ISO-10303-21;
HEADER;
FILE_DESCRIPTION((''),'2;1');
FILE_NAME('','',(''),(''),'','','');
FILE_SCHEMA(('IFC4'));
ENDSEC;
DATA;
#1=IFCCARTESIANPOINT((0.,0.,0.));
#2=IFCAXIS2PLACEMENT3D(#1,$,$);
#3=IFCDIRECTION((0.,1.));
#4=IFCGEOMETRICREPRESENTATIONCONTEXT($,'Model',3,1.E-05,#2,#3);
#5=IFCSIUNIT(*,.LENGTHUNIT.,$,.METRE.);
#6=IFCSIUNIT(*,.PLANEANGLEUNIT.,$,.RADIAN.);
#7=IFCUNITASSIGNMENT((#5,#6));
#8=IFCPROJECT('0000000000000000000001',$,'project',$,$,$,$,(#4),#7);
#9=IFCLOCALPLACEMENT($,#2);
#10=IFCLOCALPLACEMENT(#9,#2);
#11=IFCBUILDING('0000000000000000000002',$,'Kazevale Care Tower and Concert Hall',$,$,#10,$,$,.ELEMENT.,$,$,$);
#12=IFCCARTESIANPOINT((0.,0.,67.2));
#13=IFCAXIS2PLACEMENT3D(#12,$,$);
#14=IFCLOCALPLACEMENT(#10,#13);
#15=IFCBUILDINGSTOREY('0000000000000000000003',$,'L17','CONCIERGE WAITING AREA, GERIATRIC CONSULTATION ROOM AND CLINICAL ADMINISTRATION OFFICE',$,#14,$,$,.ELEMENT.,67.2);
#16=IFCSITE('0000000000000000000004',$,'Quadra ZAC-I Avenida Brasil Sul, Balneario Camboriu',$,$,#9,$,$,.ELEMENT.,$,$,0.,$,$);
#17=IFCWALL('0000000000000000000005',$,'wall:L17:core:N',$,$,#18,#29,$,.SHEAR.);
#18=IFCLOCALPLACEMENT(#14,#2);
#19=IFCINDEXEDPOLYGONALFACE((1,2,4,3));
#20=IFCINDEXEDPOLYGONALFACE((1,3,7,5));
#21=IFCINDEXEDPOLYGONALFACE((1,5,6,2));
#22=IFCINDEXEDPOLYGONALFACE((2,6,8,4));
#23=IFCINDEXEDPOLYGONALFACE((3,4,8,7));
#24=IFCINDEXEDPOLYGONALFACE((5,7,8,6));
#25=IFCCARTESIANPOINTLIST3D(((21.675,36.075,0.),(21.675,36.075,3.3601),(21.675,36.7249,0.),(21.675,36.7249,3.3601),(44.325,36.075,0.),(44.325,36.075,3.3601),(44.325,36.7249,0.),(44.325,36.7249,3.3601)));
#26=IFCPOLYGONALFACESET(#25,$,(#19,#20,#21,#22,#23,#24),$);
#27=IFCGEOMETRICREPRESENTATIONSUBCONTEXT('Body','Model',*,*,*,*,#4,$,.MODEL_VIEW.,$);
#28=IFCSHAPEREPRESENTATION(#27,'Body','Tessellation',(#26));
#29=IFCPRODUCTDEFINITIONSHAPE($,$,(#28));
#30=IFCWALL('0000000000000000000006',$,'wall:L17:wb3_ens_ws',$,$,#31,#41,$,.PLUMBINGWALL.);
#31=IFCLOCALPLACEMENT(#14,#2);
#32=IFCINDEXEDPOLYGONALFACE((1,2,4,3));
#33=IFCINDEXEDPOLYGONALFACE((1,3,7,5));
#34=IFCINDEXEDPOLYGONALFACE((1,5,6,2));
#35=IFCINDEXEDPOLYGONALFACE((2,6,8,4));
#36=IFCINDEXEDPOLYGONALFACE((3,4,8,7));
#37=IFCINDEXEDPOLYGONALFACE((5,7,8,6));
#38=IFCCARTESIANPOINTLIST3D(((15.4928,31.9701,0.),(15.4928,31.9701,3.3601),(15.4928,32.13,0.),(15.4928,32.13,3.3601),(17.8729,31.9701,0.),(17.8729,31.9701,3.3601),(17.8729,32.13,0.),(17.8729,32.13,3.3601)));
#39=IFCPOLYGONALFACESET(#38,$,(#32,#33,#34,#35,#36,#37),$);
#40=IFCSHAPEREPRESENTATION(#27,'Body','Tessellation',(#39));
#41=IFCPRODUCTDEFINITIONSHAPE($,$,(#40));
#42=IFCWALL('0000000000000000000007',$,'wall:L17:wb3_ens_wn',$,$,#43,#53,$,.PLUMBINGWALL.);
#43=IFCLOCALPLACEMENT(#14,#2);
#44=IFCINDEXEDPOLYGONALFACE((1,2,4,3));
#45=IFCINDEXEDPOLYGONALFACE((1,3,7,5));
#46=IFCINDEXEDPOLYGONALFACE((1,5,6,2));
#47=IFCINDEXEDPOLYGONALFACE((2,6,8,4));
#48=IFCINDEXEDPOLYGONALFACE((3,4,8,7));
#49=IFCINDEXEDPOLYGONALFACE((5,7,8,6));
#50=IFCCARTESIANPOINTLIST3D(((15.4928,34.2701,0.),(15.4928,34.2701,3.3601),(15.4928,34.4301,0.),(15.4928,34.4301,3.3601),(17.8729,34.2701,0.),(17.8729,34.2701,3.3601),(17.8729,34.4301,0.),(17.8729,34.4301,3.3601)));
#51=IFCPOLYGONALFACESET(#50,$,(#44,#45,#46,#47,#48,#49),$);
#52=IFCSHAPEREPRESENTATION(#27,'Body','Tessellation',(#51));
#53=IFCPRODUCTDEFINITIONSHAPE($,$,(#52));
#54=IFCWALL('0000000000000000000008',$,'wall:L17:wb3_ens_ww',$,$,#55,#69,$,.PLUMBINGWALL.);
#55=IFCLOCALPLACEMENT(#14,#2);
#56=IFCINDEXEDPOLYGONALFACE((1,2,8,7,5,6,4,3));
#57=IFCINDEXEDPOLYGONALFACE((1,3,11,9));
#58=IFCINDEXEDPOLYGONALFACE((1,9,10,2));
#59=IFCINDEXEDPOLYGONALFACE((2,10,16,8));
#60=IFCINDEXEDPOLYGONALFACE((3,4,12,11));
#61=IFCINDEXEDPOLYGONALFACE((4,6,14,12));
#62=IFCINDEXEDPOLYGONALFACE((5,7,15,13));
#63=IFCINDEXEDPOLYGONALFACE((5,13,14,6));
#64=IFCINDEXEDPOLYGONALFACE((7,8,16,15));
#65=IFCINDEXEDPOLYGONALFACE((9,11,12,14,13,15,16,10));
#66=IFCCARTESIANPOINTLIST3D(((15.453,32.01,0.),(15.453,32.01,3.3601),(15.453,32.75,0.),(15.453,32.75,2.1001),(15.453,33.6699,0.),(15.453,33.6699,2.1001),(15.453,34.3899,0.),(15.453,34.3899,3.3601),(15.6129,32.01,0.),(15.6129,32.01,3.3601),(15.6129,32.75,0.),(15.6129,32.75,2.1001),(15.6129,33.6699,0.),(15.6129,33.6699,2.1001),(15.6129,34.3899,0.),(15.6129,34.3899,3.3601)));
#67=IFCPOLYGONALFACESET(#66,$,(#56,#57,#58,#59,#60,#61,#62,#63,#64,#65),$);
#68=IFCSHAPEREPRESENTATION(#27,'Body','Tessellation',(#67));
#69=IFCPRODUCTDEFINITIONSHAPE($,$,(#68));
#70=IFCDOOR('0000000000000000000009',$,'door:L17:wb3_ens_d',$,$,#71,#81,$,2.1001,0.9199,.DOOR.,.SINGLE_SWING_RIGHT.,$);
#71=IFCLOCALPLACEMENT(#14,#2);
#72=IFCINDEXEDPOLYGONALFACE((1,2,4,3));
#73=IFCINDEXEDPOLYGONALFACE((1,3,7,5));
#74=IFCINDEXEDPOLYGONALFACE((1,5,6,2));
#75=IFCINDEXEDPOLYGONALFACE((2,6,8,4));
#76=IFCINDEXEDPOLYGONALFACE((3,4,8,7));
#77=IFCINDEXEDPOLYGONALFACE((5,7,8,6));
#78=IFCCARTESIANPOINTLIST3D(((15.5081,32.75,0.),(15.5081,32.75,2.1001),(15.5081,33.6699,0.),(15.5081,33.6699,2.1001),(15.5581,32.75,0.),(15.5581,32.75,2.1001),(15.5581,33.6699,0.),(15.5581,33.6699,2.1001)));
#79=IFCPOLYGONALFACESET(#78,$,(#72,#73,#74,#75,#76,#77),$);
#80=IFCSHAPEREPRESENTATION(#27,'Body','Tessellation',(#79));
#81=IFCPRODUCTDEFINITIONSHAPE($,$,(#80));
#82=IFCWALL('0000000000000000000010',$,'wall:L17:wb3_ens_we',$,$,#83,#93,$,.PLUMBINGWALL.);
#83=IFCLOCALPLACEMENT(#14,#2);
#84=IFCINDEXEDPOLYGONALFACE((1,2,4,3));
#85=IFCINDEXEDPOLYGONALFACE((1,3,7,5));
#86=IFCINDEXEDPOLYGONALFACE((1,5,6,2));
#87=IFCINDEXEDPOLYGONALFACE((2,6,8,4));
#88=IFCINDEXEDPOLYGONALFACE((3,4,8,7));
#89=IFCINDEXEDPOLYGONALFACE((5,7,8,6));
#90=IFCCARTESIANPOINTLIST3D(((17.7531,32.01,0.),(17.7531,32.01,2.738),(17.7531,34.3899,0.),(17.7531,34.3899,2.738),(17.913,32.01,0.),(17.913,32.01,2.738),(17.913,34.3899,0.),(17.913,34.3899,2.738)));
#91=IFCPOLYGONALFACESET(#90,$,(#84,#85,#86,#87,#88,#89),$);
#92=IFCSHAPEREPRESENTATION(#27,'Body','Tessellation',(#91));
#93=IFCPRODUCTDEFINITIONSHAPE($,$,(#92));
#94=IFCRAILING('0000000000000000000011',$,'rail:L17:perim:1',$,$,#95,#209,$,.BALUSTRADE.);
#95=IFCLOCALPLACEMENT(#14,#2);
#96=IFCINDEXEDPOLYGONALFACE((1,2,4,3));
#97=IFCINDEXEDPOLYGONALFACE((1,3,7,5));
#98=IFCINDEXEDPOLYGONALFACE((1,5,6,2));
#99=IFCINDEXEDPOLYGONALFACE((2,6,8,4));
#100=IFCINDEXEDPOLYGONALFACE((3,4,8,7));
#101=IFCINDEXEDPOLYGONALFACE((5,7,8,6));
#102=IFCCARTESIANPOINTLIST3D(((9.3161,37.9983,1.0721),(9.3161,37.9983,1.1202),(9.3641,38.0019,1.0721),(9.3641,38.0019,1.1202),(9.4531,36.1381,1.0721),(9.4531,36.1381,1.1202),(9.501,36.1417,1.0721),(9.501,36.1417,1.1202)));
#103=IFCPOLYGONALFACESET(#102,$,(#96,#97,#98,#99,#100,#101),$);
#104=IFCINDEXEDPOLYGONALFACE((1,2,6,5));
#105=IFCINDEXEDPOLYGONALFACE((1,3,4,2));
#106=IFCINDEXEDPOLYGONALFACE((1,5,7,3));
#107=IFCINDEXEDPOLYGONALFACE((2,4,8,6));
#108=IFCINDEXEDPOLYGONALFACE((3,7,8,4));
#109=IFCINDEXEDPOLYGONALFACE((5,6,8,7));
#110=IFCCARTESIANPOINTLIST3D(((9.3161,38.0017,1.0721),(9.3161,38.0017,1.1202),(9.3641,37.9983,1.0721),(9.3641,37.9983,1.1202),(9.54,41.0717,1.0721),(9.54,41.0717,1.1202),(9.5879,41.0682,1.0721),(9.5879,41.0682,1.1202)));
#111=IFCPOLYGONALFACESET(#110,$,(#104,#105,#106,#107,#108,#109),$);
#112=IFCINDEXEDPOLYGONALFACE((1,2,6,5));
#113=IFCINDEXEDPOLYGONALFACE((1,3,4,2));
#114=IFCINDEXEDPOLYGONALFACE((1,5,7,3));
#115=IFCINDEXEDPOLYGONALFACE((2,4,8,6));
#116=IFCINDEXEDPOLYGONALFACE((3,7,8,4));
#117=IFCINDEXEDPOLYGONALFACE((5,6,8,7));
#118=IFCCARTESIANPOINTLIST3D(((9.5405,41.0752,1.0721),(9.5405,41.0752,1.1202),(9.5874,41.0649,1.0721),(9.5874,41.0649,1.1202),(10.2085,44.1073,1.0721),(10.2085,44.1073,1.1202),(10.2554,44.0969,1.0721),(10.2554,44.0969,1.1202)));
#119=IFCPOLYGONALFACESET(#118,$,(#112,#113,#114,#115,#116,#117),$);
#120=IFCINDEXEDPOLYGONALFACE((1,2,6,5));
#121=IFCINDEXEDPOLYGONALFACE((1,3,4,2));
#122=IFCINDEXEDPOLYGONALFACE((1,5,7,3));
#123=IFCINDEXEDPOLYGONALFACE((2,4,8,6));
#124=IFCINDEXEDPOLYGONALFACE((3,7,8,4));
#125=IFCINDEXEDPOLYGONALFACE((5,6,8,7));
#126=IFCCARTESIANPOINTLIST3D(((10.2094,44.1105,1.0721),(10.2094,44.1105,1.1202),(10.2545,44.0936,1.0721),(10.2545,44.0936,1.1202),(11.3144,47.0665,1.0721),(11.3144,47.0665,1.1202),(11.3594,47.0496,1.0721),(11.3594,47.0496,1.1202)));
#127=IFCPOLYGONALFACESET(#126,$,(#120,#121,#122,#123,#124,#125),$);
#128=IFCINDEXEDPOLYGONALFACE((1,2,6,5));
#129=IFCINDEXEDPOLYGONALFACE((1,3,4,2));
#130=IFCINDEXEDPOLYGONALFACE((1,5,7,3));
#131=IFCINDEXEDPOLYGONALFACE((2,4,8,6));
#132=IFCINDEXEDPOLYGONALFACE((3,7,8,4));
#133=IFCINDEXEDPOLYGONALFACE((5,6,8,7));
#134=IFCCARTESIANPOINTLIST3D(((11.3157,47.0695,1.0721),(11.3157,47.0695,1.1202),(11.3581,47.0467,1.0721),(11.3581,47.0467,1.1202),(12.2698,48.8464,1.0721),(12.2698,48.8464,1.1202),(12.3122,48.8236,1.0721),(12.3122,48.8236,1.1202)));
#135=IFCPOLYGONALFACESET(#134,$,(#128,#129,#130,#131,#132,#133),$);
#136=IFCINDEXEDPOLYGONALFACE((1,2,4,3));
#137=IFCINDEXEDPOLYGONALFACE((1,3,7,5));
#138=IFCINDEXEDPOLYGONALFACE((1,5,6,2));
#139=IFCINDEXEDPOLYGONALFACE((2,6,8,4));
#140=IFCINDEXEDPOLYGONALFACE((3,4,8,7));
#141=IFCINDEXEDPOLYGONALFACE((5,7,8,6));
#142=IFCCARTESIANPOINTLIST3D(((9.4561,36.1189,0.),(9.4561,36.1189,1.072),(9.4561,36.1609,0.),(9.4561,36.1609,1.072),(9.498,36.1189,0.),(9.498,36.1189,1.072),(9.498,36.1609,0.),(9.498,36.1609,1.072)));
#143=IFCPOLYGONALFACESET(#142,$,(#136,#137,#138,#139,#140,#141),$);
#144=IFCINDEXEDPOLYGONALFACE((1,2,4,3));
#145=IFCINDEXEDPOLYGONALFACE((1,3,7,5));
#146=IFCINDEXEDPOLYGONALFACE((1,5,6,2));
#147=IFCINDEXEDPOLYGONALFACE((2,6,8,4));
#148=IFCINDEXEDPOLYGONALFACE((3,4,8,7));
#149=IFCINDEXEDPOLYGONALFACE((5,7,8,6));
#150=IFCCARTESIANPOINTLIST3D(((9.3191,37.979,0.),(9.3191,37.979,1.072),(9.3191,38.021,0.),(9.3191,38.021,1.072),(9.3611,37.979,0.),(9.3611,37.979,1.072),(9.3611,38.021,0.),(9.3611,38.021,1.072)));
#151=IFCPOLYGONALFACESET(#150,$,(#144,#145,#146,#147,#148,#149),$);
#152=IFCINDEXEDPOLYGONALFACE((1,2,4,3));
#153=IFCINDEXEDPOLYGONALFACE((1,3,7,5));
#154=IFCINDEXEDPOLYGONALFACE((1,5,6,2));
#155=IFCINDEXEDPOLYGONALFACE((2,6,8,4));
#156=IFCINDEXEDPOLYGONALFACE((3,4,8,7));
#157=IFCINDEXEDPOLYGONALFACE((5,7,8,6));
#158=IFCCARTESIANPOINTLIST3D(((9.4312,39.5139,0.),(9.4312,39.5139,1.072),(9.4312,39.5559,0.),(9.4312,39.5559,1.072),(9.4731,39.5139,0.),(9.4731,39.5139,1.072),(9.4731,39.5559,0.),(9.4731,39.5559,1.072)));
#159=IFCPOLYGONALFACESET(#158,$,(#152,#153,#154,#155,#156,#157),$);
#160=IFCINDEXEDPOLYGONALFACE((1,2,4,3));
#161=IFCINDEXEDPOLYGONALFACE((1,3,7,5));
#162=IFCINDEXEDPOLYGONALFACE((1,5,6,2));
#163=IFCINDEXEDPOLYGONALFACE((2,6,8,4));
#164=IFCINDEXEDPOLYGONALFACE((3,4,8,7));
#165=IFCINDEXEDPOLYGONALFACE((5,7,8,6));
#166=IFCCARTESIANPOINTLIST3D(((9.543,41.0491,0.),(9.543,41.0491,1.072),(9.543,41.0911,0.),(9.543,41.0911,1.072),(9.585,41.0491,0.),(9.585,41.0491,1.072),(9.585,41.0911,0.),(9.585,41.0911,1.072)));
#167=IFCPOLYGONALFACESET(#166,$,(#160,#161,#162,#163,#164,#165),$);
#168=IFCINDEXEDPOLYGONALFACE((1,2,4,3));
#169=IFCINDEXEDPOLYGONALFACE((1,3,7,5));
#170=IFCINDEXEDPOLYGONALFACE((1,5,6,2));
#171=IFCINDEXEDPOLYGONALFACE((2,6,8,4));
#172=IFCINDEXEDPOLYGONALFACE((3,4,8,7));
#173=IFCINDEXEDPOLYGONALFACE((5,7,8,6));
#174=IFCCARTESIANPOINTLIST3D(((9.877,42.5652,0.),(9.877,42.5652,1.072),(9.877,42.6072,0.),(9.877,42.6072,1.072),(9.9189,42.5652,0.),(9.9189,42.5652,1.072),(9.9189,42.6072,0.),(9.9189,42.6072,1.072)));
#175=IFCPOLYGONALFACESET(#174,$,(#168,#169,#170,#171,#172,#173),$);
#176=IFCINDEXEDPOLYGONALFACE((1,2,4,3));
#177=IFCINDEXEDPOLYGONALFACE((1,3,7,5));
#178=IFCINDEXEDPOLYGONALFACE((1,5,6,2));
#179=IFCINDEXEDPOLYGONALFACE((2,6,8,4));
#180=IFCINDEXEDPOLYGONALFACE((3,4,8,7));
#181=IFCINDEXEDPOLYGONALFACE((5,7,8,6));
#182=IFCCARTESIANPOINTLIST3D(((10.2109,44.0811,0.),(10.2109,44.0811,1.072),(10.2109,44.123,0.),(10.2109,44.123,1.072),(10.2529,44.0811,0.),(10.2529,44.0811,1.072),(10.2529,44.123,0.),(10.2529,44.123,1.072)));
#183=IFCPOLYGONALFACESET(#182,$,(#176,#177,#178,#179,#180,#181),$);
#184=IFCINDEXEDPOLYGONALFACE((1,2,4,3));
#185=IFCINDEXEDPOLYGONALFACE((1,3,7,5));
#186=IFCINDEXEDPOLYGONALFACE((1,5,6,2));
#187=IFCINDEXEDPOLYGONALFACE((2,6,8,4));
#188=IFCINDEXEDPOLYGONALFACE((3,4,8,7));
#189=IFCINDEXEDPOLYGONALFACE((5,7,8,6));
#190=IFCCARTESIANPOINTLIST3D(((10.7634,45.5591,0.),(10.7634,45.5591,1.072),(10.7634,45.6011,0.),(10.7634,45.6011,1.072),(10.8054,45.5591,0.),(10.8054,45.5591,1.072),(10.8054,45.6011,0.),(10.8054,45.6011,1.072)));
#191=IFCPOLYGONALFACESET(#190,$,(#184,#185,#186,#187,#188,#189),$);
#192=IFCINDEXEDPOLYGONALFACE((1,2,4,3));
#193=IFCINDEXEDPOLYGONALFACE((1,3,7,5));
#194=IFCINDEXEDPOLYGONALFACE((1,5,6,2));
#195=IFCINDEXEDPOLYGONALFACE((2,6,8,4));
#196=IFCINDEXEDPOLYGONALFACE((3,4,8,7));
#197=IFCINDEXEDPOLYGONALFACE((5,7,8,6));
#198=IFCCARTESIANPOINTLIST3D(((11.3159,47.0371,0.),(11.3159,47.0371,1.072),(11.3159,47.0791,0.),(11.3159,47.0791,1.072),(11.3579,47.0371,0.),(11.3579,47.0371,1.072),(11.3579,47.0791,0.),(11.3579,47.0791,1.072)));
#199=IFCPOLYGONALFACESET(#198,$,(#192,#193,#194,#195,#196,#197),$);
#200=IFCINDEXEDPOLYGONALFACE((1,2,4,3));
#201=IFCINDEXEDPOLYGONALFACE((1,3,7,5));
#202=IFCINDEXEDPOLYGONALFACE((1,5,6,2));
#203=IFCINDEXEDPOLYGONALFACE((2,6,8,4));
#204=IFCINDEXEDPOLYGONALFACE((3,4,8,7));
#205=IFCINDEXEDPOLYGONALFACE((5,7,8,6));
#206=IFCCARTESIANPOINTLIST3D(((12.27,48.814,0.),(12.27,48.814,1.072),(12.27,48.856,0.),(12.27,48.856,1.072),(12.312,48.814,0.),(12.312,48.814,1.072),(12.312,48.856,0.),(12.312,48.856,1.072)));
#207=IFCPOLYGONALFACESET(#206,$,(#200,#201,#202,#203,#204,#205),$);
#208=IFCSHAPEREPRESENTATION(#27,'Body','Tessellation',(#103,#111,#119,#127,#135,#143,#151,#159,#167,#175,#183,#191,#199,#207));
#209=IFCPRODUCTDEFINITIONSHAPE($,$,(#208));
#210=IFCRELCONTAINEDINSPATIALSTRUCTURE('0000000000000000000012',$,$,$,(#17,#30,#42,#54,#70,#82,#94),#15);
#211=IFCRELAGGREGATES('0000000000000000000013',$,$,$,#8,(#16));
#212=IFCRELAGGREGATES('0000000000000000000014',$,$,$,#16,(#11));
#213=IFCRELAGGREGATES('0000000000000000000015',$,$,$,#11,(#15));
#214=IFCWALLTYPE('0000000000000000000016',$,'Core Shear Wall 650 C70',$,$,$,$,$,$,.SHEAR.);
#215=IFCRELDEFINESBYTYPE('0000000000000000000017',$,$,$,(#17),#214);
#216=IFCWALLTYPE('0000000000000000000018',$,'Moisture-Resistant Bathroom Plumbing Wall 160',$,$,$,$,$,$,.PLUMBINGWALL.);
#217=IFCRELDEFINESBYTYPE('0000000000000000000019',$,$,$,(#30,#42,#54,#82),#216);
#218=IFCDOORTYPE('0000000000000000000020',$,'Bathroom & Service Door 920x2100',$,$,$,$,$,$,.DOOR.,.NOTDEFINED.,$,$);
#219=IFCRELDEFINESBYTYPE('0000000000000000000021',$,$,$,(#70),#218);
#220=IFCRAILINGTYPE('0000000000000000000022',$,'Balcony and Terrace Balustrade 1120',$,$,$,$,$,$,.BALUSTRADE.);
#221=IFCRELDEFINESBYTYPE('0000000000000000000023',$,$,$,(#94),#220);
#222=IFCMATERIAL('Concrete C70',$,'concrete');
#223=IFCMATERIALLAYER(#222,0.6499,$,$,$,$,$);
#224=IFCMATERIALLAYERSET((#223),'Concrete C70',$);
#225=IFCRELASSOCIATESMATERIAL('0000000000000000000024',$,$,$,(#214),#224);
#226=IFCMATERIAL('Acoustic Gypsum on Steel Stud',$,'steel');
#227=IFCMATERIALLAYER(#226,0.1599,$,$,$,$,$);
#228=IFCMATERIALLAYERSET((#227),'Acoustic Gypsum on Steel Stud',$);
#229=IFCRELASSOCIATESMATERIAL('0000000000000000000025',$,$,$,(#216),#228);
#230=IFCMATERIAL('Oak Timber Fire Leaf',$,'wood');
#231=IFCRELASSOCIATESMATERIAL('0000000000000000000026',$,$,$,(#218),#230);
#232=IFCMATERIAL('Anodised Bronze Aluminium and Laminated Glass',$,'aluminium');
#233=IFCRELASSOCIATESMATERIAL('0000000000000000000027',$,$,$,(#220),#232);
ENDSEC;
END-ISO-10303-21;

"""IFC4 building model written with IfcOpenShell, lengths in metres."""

from ifc_helpers import new_model, si_unit, direction, frame, frame_2d, origin, origin_2d, place, context, subcontext, project, spatial, rectangle, extrude, material, layer, layer_set, type_object, element, fill, save


model = new_model("IFC4")

# Units and contexts
model_context = context("Model", 3, precision=1e-05, world=origin(), true_north=direction((0.0, 1.0)))
body_context = subcontext(model_context, "Body", "Model", "MODEL_VIEW")
ifc_project = project(units=[si_unit("LENGTHUNIT", "METRE"), si_unit("PLANEANGLEUNIT", "RADIAN")], contexts=[model_context])

# Site, building, storey
site_placement = place(None, origin())
site = spatial("IfcSite", under=ifc_project, at=site_placement, Name="Quadra ZAC-I Avenida Brasil Sul, Balneario Camboriu", CompositionType="ELEMENT", RefElevation=0.0)
building_placement = place(site_placement, origin())
building = spatial("IfcBuilding", under=site, at=building_placement, Name="Kazevale Care Tower and Concert Hall", CompositionType="ELEMENT")
storey_placement = place(building_placement, frame((0.0, 0.0, 67.2)))
storey = spatial("IfcBuildingStorey", under=building, at=storey_placement, Name="L17", Description="CONCIERGE WAITING AREA, GERIATRIC CONSULTATION ROOM AND CLINICAL ADMINISTRATION OFFICE", CompositionType="ELEMENT", Elevation=67.2)

# Shared definitions
ifc_material_1 = material(Name="Concrete C70", Category="concrete")

# Walls
ifc_layer_1 = layer(ifc_material_1, 0.6499)
ifc_layer_set_1 = layer_set([ifc_layer_1], Name="Concrete C70")
wall_type_1 = type_object("IfcWallType", Name="Core Shear Wall 650 C70", PredefinedType="SHEAR", material=ifc_layer_set_1)
wall_1_placement = place(storey_placement, frame((21.675, 36.3999, 0.0), z_axis=(0.0, 0.0, 1.0), x_axis=(1.0, 0.0, 0.0)))
element("IfcWall", 1, at=wall_1_placement, inside=storey, type_object=wall_type_1, Name="wall:L17:core:N", PredefinedType="SHEAR", context=body_context, shape_type="SweptSolid", body=[
    extrude(rectangle(XDim=22.6499, YDim=0.6499, at=frame_2d((11.325, 0.0))), origin(), (0.0, 0.0, 1.0), 3.3601),
])
ifc_material_2 = material(Name="Acoustic Gypsum on Steel Stud", Category="steel")
ifc_layer_2 = layer(ifc_material_2, 0.1599)
ifc_layer_set_2 = layer_set([ifc_layer_2], Name="Acoustic Gypsum on Steel Stud")
wall_type_2 = type_object("IfcWallType", Name="Moisture-Resistant Bathroom Plumbing Wall 160", PredefinedType="PLUMBINGWALL", material=ifc_layer_set_2)
for number, where, z_axis, x_axis, name in (
    (2, (15.4929, 32.05, 0.0), (0.0, 0.0, 1.0), (1.0, 0.0, 0.0), "wall:L17:wb3_ens_ws"),
    (3, (15.4929, 34.3501, 0.0), (0.0, 0.0, 1.0), (1.0, 0.0, 0.0), "wall:L17:wb3_ens_wn"),
):
    element("IfcWall", number, at=place(storey_placement, frame(where, z_axis=z_axis, x_axis=x_axis)), inside=storey, type_object=wall_type_2, Name=name, PredefinedType="PLUMBINGWALL", context=body_context, shape_type="SweptSolid", body=[
        extrude(rectangle(XDim=2.3801, YDim=0.1599, at=frame_2d((1.1899, 0.0))), origin(), (0.0, 0.0, 1.0), 3.3601),
    ])

# Wall, opening, door
wall_2_placement = place(storey_placement, frame((15.533, 32.01, 0.0), z_axis=(0.0, 0.0, 1.0), x_axis=(0.0, 1.0, 0.0)))
wall_2 = element("IfcWall", 4, at=wall_2_placement, inside=storey, type_object=wall_type_2, Name="wall:L17:wb3_ens_ww", PredefinedType="PLUMBINGWALL", context=body_context, shape_type="SweptSolid", body=[
    extrude(rectangle(XDim=2.3799, YDim=0.1599, at=frame_2d((1.1899, 0.0))), origin(), (0.0, 0.0, 1.0), 3.3601),
])
opening_placement = place(wall_2_placement, frame((0.74, 0.0, 0.0)))
opening = element("IfcOpeningElement", 5, at=opening_placement, cuts=wall_2, PredefinedType="OPENING", context=body_context, shape_type="SweptSolid", body=[
    extrude(rectangle(XDim=0.9199, YDim=2.1001, at=frame_2d((0.46, 1.05))), frame((0.0, 0.0898, 0.0), z_axis=(0.0, -1.0, 0.0), x_axis=(1.0, 0.0, 0.0)), (0.0, 0.0, 1.0), 0.1799),
])
ifc_material_3 = material(Name="Oak Timber Fire Leaf", Category="wood")
door_type = type_object("IfcDoorType", Name="Bathroom & Service Door 920x2100", OperationType="NOTDEFINED", PredefinedType="DOOR", material=ifc_material_3)
door_placement = place(opening_placement, origin())
door = element("IfcDoor", 6, at=door_placement, inside=storey, type_object=door_type, Name="door:L17:wb3_ens_d", OperationType="SINGLE_SWING_RIGHT", OverallHeight=2.1001, OverallWidth=0.9199, PredefinedType="DOOR", context=body_context, shape_type="SweptSolid", body=[
    extrude(rectangle(XDim=0.9199, YDim=2.1001, at=frame_2d((0.46, 1.05))), frame((0.0, 0.0249, 0.0), z_axis=(0.0, -1.0, 0.0), x_axis=(1.0, 0.0, 0.0)), (0.0, 0.0, 1.0), 0.05),
])
fill(opening, door)

# Wall
wall_3_placement = place(storey_placement, frame((17.833, 32.01, 0.0), z_axis=(0.0, 0.0, 1.0), x_axis=(0.0, 1.0, 0.0)))
element("IfcWall", 7, at=wall_3_placement, inside=storey, type_object=wall_type_2, Name="wall:L17:wb3_ens_we", PredefinedType="PLUMBINGWALL", context=body_context, shape_type="SweptSolid", body=[
    extrude(rectangle(XDim=2.3799, YDim=0.1599, at=frame_2d((1.1899, 0.0))), origin(), (0.0, 0.0, 1.0), 2.738),
])

# Railing
ifc_material_4 = material(Name="Anodised Bronze Aluminium and Laminated Glass", Category="aluminium")
railing_type = type_object("IfcRailingType", Name="Balcony and Terrace Balustrade 1120", PredefinedType="BALUSTRADE", material=ifc_material_4)
railing_placement = place(storey_placement, frame((9.4771, 36.1399, 0.0)))
element("IfcRailing", 8, at=railing_placement, inside=storey, type_object=railing_type, Name="rail:L17:perim:1", PredefinedType="BALUSTRADE", context=body_context, shape_type="SweptSolid", body=[
    extrude(rectangle(XDim=0.0481, YDim=0.0481, at=origin_2d()), frame((0.0, 0.0, 1.0962), z_axis=(-0.073433, 0.9973, 0.0), x_axis=(-0.9973, -0.073433, 0.0)), (0.0, 0.0, 1.0), 1.8652),
    extrude(rectangle(XDim=0.0481, YDim=0.0481, at=origin_2d()), frame((-0.137, 1.8601, 1.0962), z_axis=(0.072729, 0.997352, 0.0), x_axis=(-0.997352, 0.072729, 0.0)), (0.0, 0.0, 1.0), 3.0781),
    extrude(rectangle(XDim=0.0481, YDim=0.0481, at=origin_2d()), frame((0.0869, 4.9302, 1.0962), z_axis=(0.215148, 0.976581, 0.0), x_axis=(-0.976581, 0.215148, 0.0)), (0.0, 0.0, 1.0), 3.1047),
    extrude(rectangle(XDim=0.0481, YDim=0.0481, at=origin_2d()), frame((0.7549, 7.9622, 1.0962), z_axis=(0.35014, 0.936697, 0.0), x_axis=(-0.936697, 0.35014, 0.0)), (0.0, 0.0, 1.0), 3.1558),
    extrude(rectangle(XDim=0.0481, YDim=0.0481, at=origin_2d()), frame((1.8599, 10.9182, 1.0962), z_axis=(0.473074, 0.881022, 0.0), x_axis=(-0.881022, 0.473074, 0.0)), (0.0, 0.0, 1.0), 2.0168),
    extrude(rectangle(XDim=0.042, YDim=0.042, at=origin_2d()), origin(), (0.0, 0.0, 1.0), 1.072),
    extrude(rectangle(XDim=0.042, YDim=0.042, at=origin_2d()), frame((-0.137, 1.8601, 0.0)), (0.0, 0.0, 1.0), 1.072),
    extrude(rectangle(XDim=0.042, YDim=0.042, at=origin_2d()), frame((-0.0249, 3.395, 0.0)), (0.0, 0.0, 1.0), 1.072),
    extrude(rectangle(XDim=0.042, YDim=0.042, at=origin_2d()), frame((0.0869, 4.9302, 0.0)), (0.0, 0.0, 1.0), 1.072),
    extrude(rectangle(XDim=0.042, YDim=0.042, at=origin_2d()), frame((0.4209, 6.4463, 0.0)), (0.0, 0.0, 1.0), 1.072),
    extrude(rectangle(XDim=0.042, YDim=0.042, at=origin_2d()), frame((0.7549, 7.9622, 0.0)), (0.0, 0.0, 1.0), 1.072),
    extrude(rectangle(XDim=0.042, YDim=0.042, at=origin_2d()), frame((1.3074, 9.4402, 0.0)), (0.0, 0.0, 1.0), 1.072),
    extrude(rectangle(XDim=0.042, YDim=0.042, at=origin_2d()), frame((1.8599, 10.9182, 0.0)), (0.0, 0.0, 1.0), 1.072),
    extrude(rectangle(XDim=0.042, YDim=0.042, at=origin_2d()), frame((2.814, 12.6951, 0.0)), (0.0, 0.0, 1.0), 1.072),
])

save(model, "model.ifc")
